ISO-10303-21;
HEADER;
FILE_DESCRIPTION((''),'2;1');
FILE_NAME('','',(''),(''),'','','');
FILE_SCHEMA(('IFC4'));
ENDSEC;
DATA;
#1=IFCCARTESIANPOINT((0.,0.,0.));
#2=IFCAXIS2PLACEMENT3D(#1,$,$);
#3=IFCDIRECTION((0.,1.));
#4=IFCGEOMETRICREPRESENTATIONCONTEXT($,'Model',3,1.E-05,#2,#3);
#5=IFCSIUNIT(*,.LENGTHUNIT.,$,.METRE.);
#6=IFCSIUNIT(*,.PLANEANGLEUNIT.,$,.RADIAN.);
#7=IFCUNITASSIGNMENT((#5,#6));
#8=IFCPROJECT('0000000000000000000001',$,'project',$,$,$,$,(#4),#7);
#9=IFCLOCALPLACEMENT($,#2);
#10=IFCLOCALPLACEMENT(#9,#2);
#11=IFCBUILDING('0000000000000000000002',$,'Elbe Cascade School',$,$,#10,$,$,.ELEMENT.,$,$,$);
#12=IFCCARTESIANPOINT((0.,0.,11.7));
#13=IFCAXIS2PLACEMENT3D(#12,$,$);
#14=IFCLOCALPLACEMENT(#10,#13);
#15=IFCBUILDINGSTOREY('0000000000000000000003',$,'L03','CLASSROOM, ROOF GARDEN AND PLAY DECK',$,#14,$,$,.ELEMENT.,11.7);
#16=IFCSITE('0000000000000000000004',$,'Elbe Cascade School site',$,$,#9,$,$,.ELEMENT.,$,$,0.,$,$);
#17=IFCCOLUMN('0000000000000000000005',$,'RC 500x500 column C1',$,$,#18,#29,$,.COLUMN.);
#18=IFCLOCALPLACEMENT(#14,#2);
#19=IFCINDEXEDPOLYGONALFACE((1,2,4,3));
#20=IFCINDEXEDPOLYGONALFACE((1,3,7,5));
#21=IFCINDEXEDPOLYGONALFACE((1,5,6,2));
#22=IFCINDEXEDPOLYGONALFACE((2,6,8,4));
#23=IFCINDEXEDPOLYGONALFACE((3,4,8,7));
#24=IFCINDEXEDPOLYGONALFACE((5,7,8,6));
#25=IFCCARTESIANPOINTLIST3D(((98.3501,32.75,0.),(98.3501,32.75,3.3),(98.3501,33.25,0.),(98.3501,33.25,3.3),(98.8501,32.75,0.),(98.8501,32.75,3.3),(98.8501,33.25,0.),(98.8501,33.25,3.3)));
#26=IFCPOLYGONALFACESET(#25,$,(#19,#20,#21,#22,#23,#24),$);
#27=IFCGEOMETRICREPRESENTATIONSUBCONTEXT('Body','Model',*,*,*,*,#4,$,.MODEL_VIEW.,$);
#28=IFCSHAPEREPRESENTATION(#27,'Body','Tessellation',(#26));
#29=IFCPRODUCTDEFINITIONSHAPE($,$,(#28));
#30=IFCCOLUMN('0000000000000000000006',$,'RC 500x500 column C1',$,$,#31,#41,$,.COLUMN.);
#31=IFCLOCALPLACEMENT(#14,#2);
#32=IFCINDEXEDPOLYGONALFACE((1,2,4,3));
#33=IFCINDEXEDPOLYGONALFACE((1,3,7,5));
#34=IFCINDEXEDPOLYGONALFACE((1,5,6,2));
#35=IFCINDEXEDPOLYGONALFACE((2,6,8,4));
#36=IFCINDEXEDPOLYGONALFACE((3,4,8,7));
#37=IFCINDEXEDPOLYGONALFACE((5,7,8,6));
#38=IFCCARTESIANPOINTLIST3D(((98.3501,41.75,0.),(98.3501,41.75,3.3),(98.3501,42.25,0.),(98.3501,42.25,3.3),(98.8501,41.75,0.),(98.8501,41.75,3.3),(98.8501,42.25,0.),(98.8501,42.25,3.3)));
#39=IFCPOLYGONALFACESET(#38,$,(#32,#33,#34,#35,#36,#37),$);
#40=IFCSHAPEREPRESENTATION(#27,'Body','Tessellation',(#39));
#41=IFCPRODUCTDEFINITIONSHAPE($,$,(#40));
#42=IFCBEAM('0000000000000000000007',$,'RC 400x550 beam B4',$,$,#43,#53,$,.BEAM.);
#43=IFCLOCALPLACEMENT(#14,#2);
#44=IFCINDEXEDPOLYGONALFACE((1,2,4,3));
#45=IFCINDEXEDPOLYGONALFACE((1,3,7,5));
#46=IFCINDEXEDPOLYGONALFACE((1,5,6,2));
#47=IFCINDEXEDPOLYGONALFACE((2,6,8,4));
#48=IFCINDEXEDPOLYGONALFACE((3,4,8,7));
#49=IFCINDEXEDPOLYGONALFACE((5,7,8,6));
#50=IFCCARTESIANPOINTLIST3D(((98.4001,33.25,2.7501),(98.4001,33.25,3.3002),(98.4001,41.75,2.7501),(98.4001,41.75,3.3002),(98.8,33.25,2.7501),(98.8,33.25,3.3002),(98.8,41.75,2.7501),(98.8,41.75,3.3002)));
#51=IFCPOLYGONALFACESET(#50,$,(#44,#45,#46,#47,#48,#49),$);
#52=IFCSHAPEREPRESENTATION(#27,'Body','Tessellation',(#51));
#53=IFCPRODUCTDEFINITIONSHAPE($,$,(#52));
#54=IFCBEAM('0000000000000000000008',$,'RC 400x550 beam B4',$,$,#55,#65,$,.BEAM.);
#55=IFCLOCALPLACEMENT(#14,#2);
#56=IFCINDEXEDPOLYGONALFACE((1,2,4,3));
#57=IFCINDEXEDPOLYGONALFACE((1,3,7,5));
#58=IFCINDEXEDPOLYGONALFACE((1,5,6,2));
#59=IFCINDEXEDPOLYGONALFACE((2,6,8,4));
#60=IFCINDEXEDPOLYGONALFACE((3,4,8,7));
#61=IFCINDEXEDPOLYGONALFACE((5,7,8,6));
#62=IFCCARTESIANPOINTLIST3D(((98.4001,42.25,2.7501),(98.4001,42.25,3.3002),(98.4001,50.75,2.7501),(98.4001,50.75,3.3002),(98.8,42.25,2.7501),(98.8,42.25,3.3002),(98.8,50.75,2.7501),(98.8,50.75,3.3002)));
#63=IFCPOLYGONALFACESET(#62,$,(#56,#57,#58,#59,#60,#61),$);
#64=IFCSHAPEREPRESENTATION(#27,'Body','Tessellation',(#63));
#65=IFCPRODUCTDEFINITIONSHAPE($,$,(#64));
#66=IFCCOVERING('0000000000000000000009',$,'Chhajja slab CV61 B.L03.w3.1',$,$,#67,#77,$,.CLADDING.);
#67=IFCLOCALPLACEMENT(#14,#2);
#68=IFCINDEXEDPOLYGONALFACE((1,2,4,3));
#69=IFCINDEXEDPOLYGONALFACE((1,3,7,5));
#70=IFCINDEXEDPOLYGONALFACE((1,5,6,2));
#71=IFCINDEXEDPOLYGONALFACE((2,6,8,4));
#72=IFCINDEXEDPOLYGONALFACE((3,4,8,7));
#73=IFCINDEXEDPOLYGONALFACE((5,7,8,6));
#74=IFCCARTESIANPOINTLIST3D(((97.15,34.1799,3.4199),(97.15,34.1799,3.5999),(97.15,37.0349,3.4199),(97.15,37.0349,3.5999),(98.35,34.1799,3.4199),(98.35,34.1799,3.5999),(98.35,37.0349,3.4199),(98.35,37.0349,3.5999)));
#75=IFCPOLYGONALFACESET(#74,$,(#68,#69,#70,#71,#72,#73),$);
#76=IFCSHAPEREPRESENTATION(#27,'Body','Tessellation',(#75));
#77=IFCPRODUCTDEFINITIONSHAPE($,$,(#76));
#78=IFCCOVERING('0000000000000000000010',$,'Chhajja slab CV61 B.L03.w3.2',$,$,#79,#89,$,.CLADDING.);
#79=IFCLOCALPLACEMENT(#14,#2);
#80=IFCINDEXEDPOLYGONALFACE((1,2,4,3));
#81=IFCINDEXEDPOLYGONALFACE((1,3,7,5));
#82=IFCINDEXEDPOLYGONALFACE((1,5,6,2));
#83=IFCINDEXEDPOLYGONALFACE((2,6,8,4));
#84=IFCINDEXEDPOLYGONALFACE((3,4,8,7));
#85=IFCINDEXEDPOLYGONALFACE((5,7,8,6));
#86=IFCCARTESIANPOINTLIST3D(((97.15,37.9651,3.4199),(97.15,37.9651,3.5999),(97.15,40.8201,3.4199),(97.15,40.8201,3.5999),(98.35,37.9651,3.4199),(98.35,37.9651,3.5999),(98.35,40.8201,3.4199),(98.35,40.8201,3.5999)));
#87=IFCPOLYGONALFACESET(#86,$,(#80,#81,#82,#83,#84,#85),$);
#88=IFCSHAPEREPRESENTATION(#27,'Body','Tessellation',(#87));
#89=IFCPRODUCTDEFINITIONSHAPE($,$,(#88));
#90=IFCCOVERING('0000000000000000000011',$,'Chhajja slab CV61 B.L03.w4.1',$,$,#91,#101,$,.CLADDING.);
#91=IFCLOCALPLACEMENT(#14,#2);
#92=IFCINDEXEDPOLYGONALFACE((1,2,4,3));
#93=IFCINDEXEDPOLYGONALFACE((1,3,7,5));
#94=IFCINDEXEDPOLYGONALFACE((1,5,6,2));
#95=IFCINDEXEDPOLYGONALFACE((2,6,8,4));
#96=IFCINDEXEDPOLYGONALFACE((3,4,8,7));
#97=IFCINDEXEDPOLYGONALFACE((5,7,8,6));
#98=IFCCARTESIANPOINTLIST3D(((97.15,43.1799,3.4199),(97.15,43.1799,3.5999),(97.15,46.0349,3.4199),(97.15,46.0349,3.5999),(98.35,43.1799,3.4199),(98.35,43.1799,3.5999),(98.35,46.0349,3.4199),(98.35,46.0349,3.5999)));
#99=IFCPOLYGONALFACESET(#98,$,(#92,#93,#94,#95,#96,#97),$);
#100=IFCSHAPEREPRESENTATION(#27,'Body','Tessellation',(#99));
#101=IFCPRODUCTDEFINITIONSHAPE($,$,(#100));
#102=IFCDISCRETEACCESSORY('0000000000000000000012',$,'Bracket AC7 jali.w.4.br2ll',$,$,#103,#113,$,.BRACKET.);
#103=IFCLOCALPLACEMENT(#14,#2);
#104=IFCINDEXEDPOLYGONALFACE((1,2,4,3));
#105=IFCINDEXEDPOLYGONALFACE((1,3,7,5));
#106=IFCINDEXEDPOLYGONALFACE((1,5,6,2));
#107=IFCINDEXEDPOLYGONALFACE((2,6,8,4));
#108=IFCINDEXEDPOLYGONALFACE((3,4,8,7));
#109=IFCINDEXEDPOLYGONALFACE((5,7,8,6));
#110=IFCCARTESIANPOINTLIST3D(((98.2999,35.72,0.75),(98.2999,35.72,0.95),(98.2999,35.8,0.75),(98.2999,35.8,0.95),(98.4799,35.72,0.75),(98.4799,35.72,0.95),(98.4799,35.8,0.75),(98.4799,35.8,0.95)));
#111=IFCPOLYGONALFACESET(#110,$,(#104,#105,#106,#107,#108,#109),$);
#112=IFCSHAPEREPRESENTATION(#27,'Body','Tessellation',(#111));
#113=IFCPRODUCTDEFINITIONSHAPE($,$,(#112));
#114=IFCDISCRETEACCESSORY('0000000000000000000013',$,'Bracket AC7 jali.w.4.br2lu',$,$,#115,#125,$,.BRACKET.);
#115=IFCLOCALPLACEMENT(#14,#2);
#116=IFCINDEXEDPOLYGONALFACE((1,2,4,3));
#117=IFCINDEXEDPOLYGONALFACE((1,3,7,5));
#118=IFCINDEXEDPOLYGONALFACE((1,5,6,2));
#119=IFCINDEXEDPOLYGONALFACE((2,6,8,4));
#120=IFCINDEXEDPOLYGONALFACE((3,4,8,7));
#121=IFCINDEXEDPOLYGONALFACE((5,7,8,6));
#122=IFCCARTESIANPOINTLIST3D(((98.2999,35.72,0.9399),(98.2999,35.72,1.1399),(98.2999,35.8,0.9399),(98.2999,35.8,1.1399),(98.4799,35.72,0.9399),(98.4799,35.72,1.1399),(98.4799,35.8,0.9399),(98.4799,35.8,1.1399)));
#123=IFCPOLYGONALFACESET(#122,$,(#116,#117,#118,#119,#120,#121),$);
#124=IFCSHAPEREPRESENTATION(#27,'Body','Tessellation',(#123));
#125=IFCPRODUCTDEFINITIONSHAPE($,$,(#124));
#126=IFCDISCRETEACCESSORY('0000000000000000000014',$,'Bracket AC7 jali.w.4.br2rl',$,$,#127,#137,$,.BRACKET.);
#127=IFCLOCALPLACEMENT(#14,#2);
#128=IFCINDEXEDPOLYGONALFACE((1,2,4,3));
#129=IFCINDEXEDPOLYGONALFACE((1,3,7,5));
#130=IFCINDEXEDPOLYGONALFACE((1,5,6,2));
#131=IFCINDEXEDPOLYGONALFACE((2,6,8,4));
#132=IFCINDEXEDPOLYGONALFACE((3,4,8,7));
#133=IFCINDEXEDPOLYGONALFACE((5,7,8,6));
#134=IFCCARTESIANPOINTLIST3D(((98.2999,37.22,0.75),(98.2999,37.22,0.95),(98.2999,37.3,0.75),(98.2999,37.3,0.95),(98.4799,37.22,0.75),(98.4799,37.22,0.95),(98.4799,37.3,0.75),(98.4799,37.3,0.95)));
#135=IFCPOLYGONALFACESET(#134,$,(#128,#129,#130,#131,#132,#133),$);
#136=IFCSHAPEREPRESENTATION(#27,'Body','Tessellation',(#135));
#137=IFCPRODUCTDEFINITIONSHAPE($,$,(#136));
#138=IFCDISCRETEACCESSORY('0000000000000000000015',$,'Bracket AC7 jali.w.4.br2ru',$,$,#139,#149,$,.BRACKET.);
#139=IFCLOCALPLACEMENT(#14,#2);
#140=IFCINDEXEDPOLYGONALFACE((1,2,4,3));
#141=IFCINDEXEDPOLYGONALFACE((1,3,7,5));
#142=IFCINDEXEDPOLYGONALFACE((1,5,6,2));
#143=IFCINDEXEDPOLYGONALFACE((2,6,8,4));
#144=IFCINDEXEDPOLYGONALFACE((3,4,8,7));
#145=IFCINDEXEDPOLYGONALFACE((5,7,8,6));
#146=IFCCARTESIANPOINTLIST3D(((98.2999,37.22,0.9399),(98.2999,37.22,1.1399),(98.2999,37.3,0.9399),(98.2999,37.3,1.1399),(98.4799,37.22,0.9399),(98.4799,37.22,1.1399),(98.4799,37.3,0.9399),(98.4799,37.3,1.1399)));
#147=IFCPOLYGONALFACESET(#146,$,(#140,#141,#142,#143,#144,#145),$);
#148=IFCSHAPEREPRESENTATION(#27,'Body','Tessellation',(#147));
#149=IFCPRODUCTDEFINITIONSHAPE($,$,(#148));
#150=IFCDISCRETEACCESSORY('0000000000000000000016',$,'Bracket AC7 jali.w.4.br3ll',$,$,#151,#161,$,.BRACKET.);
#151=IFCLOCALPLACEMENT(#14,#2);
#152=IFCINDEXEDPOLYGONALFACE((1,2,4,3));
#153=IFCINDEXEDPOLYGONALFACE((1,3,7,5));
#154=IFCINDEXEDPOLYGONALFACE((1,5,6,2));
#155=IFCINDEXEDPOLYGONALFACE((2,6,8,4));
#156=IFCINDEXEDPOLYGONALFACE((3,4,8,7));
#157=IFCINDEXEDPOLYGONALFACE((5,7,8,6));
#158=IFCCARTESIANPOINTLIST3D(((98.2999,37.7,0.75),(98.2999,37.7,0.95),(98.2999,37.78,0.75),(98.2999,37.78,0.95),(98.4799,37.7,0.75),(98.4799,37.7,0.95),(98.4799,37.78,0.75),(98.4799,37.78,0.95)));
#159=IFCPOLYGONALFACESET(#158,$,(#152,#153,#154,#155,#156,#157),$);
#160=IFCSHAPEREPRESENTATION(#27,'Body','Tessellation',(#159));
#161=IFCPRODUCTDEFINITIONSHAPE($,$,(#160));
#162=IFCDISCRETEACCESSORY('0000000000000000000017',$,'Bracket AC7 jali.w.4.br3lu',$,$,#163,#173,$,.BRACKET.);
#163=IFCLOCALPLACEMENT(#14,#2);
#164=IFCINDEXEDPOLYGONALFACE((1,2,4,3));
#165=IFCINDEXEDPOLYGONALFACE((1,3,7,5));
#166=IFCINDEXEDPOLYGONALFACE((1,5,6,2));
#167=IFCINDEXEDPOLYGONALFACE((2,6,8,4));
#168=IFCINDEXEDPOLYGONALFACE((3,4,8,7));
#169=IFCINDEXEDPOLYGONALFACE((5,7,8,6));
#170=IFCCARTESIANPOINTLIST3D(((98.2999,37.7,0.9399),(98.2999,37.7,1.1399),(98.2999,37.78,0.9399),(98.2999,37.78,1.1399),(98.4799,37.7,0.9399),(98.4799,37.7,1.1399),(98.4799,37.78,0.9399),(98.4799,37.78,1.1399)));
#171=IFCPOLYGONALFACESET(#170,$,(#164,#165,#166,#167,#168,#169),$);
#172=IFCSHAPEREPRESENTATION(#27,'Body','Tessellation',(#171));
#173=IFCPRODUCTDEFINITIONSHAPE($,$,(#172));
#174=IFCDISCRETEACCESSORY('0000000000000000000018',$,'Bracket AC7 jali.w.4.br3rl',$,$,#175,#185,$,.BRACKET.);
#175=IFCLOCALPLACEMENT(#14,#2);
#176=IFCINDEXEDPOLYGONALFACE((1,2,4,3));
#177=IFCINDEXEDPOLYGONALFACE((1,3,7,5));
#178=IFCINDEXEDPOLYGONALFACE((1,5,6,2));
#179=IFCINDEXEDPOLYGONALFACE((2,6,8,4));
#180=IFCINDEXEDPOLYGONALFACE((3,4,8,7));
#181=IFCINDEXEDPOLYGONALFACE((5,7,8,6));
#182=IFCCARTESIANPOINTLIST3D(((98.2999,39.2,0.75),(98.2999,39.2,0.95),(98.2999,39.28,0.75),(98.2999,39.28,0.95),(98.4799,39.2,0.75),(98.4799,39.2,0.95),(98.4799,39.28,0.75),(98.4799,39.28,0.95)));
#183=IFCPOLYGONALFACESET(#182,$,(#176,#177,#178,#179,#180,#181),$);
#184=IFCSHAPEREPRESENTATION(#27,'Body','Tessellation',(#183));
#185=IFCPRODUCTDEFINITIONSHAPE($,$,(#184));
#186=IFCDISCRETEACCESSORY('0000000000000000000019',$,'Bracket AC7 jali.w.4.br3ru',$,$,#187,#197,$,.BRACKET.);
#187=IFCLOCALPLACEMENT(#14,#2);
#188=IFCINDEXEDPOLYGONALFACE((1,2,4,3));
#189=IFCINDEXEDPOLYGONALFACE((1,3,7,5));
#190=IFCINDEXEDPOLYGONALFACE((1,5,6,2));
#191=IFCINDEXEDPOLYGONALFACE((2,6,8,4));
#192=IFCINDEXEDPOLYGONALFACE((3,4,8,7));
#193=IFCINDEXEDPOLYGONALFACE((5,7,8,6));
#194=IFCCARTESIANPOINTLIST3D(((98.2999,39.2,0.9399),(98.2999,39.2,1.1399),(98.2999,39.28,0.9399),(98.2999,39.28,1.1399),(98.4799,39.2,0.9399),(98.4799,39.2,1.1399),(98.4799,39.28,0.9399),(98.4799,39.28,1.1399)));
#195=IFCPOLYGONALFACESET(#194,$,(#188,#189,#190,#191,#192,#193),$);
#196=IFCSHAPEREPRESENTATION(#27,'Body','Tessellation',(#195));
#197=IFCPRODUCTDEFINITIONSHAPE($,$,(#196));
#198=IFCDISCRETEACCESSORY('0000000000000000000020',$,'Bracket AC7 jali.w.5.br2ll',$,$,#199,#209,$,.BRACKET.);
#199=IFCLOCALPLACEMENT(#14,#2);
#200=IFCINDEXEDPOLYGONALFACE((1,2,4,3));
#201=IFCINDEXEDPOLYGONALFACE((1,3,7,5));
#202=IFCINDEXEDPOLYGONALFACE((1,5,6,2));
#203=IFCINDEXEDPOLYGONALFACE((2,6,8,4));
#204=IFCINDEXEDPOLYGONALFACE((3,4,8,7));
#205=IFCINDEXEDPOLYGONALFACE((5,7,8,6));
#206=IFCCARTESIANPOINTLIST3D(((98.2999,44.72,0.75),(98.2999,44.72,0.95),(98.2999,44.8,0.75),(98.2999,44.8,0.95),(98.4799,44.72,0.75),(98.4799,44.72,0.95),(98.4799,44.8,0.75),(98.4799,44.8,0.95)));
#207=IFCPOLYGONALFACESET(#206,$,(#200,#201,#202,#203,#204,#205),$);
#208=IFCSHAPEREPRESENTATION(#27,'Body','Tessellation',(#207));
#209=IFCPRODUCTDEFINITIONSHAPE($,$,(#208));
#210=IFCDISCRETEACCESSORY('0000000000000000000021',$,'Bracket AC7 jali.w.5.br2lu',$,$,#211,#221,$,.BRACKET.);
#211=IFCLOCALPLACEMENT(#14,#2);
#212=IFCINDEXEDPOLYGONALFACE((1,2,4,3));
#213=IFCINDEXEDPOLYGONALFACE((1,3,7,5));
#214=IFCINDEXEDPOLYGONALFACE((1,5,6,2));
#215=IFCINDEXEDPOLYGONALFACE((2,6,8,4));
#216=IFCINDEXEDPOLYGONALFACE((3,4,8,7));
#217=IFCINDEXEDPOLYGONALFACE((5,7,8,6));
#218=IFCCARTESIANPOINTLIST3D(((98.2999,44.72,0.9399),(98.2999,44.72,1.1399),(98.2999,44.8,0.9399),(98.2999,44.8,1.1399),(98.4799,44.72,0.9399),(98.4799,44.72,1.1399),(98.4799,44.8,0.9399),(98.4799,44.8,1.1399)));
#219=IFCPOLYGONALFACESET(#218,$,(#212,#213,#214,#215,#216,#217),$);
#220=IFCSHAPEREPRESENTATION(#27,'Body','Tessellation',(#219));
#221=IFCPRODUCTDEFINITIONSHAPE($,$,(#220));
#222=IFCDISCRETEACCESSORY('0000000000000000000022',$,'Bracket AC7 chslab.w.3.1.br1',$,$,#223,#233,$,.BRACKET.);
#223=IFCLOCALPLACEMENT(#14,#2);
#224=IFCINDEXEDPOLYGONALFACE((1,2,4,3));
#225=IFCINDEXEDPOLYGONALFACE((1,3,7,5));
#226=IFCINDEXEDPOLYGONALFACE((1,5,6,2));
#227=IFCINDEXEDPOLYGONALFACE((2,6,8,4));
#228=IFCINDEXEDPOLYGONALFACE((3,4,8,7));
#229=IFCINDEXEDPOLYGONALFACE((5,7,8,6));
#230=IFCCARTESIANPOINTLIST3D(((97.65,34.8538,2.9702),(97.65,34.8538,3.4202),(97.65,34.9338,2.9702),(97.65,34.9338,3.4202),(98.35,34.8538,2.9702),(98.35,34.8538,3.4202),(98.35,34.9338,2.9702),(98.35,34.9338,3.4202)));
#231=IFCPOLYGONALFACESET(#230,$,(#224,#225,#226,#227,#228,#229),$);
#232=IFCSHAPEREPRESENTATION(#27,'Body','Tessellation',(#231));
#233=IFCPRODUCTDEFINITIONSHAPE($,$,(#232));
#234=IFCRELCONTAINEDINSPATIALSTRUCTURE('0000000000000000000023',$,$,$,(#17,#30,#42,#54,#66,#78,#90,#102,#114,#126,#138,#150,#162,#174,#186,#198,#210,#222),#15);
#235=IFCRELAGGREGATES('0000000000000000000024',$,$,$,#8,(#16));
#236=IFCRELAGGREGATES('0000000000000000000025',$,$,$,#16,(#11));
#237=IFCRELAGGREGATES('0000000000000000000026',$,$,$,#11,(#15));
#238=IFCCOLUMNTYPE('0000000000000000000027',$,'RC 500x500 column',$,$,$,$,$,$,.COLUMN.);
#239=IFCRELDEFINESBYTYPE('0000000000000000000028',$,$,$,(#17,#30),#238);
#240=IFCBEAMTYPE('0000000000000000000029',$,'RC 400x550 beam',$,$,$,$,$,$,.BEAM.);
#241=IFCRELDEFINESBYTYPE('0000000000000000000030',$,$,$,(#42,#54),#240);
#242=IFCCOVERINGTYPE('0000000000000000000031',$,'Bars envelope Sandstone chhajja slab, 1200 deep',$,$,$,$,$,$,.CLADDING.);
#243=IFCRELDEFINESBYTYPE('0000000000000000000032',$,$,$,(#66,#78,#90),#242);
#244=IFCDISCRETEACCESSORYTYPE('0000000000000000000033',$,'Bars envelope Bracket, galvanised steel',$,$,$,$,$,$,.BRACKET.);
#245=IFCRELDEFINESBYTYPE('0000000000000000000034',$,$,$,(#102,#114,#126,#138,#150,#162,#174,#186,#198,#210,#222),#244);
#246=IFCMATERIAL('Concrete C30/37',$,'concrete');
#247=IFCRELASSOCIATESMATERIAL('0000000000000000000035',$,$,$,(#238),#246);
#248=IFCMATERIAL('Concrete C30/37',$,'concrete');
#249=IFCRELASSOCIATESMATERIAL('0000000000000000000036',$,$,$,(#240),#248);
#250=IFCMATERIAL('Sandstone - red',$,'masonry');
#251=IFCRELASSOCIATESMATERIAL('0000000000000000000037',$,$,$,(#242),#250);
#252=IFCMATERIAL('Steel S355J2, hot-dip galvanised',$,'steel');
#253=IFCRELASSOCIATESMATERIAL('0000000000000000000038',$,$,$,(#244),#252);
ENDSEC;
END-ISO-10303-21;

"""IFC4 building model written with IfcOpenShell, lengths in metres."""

from ifc_helpers import new_model, si_unit, direction, frame, origin, origin_2d, place, context, subcontext, project, spatial, rectangle, extrude, material, material_profile, profile_set, type_object, element, save


model = new_model("IFC4")

# Units and contexts
model_context = context("Model", 3, precision=1e-05, world=origin(), true_north=direction((0.0, 1.0)))
body_context = subcontext(model_context, "Body", "Model", "MODEL_VIEW")
ifc_project = project(units=[si_unit("LENGTHUNIT", "METRE"), si_unit("PLANEANGLEUNIT", "RADIAN")], contexts=[model_context])

# Site, building, storey
site_placement = place(None, origin())
site = spatial("IfcSite", under=ifc_project, at=site_placement, Name="Elbe Cascade School site", CompositionType="ELEMENT", RefElevation=0.0)
building_placement = place(site_placement, origin())
building = spatial("IfcBuilding", under=site, at=building_placement, Name="Elbe Cascade School", CompositionType="ELEMENT")
storey_placement = place(building_placement, frame((0.0, 0.0, 11.7)))
storey = spatial("IfcBuildingStorey", under=building, at=storey_placement, Name="L03", Description="CLASSROOM, ROOF GARDEN AND PLAY DECK", CompositionType="ELEMENT", Elevation=11.7)

# Columns
ifc_material_1 = material(Name="Concrete C30/37", Category="concrete")
ifc_material_profile_1 = material_profile(ifc_material_1, rectangle(XDim=0.5, YDim=0.5, at=origin_2d()), Name="RC 500x500")
ifc_profile_set_1 = profile_set([ifc_material_profile_1], Name="Concrete C30/37")
column_type = type_object("IfcColumnType", Name="RC 500x500 column", PredefinedType="COLUMN", material=ifc_profile_set_1)
for number, where, z_axis, x_axis, name in (
    (1, (98.6001, 33.0, 0.0), (0.0, 0.0, 1.0), (1.0, 0.0, 0.0), "RC 500x500 column C1"),
    (2, (98.6001, 42.0, 0.0), (0.0, 0.0, 1.0), (1.0, 0.0, 0.0), "RC 500x500 column C1"),
):
    element("IfcColumn", number, at=place(storey_placement, frame(where, z_axis=z_axis, x_axis=x_axis)), inside=storey, type_object=column_type, Name=name, PredefinedType="COLUMN", context=body_context, shape_type="SweptSolid", body=[
        extrude(rectangle(XDim=0.5, YDim=0.5, at=origin_2d()), origin(), (0.0, 0.0, 1.0), 3.3),
    ])

# Beams
ifc_material_2 = material(Name="Concrete C30/37", Category="concrete")
ifc_material_profile_2 = material_profile(ifc_material_2, rectangle(XDim=0.3999, YDim=0.55, at=origin_2d()), Name="RC 400x550")
ifc_profile_set_2 = profile_set([ifc_material_profile_2], Name="Concrete C30/37")
beam_type = type_object("IfcBeamType", Name="RC 400x550 beam", PredefinedType="BEAM", material=ifc_profile_set_2)
for number, where, z_axis, x_axis, name in (
    (3, (98.6001, 33.25, 3.0251), (0.0, 1.0, 0.0), (-1.0, 0.0, 0.0), "RC 400x550 beam B4"),
    (4, (98.6001, 42.25, 3.0251), (0.0, 1.0, 0.0), (-1.0, 0.0, 0.0), "RC 400x550 beam B4"),
):
    element("IfcBeam", number, at=place(storey_placement, frame(where, z_axis=z_axis, x_axis=x_axis)), inside=storey, type_object=beam_type, Name=name, PredefinedType="BEAM", context=body_context, shape_type="SweptSolid", body=[
        extrude(rectangle(XDim=0.3999, YDim=0.55, at=origin_2d()), origin(), (0.0, 0.0, 1.0), 8.5),
    ])

# Coverings
ifc_material_3 = material(Name="Sandstone - red", Category="masonry")
covering_type = type_object("IfcCoveringType", Name="Bars envelope Sandstone chhajja slab, 1200 deep", PredefinedType="CLADDING", material=ifc_material_3)
for number, where, z_axis, x_axis, name in (
    (5, (97.75, 35.6074, 3.4199), (0.0, 0.0, 1.0), (0.0, 1.0, 0.0), "Chhajja slab CV61 B.L03.w3.1"),
    (6, (97.75, 39.3926, 3.4199), (0.0, 0.0, 1.0), (0.0, 1.0, 0.0), "Chhajja slab CV61 B.L03.w3.2"),
    (7, (97.75, 44.6074, 3.4199), (0.0, 0.0, 1.0), (0.0, 1.0, 0.0), "Chhajja slab CV61 B.L03.w4.1"),
):
    element("IfcCovering", number, at=place(storey_placement, frame(where, z_axis=z_axis, x_axis=x_axis)), inside=storey, type_object=covering_type, Name=name, PredefinedType="CLADDING", context=body_context, shape_type="SweptSolid", body=[
        extrude(rectangle(XDim=2.855, YDim=1.2, at=origin_2d()), origin(), (0.0, 0.0, 1.0), 0.1799),
    ])

# Discrete accessories
ifc_material_4 = material(Name="Steel S355J2, hot-dip galvanised", Category="steel")
discrete_accessory_type = type_object("IfcDiscreteAccessoryType", Name="Bars envelope Bracket, galvanised steel", PredefinedType="BRACKET", material=ifc_material_4)
for number, where, z_axis, x_axis, name in (
    (8, (98.3899, 35.76, 0.75), (0.0, 0.0, 1.0), (0.0, 1.0, 0.0), "Bracket AC7 jali.w.4.br2ll"),
    (9, (98.3899, 35.76, 0.9399), (0.0, 0.0, 1.0), (0.0, 1.0, 0.0), "Bracket AC7 jali.w.4.br2lu"),
    (10, (98.3899, 37.26, 0.75), (0.0, 0.0, 1.0), (0.0, 1.0, 0.0), "Bracket AC7 jali.w.4.br2rl"),
    (11, (98.3899, 37.26, 0.9399), (0.0, 0.0, 1.0), (0.0, 1.0, 0.0), "Bracket AC7 jali.w.4.br2ru"),
    (12, (98.3899, 37.74, 0.75), (0.0, 0.0, 1.0), (0.0, 1.0, 0.0), "Bracket AC7 jali.w.4.br3ll"),
    (13, (98.3899, 37.74, 0.9399), (0.0, 0.0, 1.0), (0.0, 1.0, 0.0), "Bracket AC7 jali.w.4.br3lu"),
    (14, (98.3899, 39.24, 0.75), (0.0, 0.0, 1.0), (0.0, 1.0, 0.0), "Bracket AC7 jali.w.4.br3rl"),
    (15, (98.3899, 39.24, 0.9399), (0.0, 0.0, 1.0), (0.0, 1.0, 0.0), "Bracket AC7 jali.w.4.br3ru"),
    (16, (98.3899, 44.76, 0.75), (0.0, 0.0, 1.0), (0.0, 1.0, 0.0), "Bracket AC7 jali.w.5.br2ll"),
    (17, (98.3899, 44.76, 0.9399), (0.0, 0.0, 1.0), (0.0, 1.0, 0.0), "Bracket AC7 jali.w.5.br2lu"),
):
    element("IfcDiscreteAccessory", number, at=place(storey_placement, frame(where, z_axis=z_axis, x_axis=x_axis)), inside=storey, type_object=discrete_accessory_type, Name=name, PredefinedType="BRACKET", context=body_context, shape_type="SweptSolid", body=[
        extrude(rectangle(XDim=0.0801, YDim=0.1799, at=origin_2d()), origin(), (0.0, 0.0, 1.0), 0.2),
    ])
for number, where, z_axis, x_axis, name in (
    (18, (98.0, 34.8938, 2.9702), (0.0, 0.0, 1.0), (0.0, 1.0, 0.0), "Bracket AC7 chslab.w.3.1.br1"),
):
    element("IfcDiscreteAccessory", number, at=place(storey_placement, frame(where, z_axis=z_axis, x_axis=x_axis)), inside=storey, type_object=discrete_accessory_type, Name=name, PredefinedType="BRACKET", context=body_context, shape_type="SweptSolid", body=[
        extrude(rectangle(XDim=0.0801, YDim=0.7, at=origin_2d()), origin(), (0.0, 0.0, 1.0), 0.45),
    ])

save(model, "model.ifc")
